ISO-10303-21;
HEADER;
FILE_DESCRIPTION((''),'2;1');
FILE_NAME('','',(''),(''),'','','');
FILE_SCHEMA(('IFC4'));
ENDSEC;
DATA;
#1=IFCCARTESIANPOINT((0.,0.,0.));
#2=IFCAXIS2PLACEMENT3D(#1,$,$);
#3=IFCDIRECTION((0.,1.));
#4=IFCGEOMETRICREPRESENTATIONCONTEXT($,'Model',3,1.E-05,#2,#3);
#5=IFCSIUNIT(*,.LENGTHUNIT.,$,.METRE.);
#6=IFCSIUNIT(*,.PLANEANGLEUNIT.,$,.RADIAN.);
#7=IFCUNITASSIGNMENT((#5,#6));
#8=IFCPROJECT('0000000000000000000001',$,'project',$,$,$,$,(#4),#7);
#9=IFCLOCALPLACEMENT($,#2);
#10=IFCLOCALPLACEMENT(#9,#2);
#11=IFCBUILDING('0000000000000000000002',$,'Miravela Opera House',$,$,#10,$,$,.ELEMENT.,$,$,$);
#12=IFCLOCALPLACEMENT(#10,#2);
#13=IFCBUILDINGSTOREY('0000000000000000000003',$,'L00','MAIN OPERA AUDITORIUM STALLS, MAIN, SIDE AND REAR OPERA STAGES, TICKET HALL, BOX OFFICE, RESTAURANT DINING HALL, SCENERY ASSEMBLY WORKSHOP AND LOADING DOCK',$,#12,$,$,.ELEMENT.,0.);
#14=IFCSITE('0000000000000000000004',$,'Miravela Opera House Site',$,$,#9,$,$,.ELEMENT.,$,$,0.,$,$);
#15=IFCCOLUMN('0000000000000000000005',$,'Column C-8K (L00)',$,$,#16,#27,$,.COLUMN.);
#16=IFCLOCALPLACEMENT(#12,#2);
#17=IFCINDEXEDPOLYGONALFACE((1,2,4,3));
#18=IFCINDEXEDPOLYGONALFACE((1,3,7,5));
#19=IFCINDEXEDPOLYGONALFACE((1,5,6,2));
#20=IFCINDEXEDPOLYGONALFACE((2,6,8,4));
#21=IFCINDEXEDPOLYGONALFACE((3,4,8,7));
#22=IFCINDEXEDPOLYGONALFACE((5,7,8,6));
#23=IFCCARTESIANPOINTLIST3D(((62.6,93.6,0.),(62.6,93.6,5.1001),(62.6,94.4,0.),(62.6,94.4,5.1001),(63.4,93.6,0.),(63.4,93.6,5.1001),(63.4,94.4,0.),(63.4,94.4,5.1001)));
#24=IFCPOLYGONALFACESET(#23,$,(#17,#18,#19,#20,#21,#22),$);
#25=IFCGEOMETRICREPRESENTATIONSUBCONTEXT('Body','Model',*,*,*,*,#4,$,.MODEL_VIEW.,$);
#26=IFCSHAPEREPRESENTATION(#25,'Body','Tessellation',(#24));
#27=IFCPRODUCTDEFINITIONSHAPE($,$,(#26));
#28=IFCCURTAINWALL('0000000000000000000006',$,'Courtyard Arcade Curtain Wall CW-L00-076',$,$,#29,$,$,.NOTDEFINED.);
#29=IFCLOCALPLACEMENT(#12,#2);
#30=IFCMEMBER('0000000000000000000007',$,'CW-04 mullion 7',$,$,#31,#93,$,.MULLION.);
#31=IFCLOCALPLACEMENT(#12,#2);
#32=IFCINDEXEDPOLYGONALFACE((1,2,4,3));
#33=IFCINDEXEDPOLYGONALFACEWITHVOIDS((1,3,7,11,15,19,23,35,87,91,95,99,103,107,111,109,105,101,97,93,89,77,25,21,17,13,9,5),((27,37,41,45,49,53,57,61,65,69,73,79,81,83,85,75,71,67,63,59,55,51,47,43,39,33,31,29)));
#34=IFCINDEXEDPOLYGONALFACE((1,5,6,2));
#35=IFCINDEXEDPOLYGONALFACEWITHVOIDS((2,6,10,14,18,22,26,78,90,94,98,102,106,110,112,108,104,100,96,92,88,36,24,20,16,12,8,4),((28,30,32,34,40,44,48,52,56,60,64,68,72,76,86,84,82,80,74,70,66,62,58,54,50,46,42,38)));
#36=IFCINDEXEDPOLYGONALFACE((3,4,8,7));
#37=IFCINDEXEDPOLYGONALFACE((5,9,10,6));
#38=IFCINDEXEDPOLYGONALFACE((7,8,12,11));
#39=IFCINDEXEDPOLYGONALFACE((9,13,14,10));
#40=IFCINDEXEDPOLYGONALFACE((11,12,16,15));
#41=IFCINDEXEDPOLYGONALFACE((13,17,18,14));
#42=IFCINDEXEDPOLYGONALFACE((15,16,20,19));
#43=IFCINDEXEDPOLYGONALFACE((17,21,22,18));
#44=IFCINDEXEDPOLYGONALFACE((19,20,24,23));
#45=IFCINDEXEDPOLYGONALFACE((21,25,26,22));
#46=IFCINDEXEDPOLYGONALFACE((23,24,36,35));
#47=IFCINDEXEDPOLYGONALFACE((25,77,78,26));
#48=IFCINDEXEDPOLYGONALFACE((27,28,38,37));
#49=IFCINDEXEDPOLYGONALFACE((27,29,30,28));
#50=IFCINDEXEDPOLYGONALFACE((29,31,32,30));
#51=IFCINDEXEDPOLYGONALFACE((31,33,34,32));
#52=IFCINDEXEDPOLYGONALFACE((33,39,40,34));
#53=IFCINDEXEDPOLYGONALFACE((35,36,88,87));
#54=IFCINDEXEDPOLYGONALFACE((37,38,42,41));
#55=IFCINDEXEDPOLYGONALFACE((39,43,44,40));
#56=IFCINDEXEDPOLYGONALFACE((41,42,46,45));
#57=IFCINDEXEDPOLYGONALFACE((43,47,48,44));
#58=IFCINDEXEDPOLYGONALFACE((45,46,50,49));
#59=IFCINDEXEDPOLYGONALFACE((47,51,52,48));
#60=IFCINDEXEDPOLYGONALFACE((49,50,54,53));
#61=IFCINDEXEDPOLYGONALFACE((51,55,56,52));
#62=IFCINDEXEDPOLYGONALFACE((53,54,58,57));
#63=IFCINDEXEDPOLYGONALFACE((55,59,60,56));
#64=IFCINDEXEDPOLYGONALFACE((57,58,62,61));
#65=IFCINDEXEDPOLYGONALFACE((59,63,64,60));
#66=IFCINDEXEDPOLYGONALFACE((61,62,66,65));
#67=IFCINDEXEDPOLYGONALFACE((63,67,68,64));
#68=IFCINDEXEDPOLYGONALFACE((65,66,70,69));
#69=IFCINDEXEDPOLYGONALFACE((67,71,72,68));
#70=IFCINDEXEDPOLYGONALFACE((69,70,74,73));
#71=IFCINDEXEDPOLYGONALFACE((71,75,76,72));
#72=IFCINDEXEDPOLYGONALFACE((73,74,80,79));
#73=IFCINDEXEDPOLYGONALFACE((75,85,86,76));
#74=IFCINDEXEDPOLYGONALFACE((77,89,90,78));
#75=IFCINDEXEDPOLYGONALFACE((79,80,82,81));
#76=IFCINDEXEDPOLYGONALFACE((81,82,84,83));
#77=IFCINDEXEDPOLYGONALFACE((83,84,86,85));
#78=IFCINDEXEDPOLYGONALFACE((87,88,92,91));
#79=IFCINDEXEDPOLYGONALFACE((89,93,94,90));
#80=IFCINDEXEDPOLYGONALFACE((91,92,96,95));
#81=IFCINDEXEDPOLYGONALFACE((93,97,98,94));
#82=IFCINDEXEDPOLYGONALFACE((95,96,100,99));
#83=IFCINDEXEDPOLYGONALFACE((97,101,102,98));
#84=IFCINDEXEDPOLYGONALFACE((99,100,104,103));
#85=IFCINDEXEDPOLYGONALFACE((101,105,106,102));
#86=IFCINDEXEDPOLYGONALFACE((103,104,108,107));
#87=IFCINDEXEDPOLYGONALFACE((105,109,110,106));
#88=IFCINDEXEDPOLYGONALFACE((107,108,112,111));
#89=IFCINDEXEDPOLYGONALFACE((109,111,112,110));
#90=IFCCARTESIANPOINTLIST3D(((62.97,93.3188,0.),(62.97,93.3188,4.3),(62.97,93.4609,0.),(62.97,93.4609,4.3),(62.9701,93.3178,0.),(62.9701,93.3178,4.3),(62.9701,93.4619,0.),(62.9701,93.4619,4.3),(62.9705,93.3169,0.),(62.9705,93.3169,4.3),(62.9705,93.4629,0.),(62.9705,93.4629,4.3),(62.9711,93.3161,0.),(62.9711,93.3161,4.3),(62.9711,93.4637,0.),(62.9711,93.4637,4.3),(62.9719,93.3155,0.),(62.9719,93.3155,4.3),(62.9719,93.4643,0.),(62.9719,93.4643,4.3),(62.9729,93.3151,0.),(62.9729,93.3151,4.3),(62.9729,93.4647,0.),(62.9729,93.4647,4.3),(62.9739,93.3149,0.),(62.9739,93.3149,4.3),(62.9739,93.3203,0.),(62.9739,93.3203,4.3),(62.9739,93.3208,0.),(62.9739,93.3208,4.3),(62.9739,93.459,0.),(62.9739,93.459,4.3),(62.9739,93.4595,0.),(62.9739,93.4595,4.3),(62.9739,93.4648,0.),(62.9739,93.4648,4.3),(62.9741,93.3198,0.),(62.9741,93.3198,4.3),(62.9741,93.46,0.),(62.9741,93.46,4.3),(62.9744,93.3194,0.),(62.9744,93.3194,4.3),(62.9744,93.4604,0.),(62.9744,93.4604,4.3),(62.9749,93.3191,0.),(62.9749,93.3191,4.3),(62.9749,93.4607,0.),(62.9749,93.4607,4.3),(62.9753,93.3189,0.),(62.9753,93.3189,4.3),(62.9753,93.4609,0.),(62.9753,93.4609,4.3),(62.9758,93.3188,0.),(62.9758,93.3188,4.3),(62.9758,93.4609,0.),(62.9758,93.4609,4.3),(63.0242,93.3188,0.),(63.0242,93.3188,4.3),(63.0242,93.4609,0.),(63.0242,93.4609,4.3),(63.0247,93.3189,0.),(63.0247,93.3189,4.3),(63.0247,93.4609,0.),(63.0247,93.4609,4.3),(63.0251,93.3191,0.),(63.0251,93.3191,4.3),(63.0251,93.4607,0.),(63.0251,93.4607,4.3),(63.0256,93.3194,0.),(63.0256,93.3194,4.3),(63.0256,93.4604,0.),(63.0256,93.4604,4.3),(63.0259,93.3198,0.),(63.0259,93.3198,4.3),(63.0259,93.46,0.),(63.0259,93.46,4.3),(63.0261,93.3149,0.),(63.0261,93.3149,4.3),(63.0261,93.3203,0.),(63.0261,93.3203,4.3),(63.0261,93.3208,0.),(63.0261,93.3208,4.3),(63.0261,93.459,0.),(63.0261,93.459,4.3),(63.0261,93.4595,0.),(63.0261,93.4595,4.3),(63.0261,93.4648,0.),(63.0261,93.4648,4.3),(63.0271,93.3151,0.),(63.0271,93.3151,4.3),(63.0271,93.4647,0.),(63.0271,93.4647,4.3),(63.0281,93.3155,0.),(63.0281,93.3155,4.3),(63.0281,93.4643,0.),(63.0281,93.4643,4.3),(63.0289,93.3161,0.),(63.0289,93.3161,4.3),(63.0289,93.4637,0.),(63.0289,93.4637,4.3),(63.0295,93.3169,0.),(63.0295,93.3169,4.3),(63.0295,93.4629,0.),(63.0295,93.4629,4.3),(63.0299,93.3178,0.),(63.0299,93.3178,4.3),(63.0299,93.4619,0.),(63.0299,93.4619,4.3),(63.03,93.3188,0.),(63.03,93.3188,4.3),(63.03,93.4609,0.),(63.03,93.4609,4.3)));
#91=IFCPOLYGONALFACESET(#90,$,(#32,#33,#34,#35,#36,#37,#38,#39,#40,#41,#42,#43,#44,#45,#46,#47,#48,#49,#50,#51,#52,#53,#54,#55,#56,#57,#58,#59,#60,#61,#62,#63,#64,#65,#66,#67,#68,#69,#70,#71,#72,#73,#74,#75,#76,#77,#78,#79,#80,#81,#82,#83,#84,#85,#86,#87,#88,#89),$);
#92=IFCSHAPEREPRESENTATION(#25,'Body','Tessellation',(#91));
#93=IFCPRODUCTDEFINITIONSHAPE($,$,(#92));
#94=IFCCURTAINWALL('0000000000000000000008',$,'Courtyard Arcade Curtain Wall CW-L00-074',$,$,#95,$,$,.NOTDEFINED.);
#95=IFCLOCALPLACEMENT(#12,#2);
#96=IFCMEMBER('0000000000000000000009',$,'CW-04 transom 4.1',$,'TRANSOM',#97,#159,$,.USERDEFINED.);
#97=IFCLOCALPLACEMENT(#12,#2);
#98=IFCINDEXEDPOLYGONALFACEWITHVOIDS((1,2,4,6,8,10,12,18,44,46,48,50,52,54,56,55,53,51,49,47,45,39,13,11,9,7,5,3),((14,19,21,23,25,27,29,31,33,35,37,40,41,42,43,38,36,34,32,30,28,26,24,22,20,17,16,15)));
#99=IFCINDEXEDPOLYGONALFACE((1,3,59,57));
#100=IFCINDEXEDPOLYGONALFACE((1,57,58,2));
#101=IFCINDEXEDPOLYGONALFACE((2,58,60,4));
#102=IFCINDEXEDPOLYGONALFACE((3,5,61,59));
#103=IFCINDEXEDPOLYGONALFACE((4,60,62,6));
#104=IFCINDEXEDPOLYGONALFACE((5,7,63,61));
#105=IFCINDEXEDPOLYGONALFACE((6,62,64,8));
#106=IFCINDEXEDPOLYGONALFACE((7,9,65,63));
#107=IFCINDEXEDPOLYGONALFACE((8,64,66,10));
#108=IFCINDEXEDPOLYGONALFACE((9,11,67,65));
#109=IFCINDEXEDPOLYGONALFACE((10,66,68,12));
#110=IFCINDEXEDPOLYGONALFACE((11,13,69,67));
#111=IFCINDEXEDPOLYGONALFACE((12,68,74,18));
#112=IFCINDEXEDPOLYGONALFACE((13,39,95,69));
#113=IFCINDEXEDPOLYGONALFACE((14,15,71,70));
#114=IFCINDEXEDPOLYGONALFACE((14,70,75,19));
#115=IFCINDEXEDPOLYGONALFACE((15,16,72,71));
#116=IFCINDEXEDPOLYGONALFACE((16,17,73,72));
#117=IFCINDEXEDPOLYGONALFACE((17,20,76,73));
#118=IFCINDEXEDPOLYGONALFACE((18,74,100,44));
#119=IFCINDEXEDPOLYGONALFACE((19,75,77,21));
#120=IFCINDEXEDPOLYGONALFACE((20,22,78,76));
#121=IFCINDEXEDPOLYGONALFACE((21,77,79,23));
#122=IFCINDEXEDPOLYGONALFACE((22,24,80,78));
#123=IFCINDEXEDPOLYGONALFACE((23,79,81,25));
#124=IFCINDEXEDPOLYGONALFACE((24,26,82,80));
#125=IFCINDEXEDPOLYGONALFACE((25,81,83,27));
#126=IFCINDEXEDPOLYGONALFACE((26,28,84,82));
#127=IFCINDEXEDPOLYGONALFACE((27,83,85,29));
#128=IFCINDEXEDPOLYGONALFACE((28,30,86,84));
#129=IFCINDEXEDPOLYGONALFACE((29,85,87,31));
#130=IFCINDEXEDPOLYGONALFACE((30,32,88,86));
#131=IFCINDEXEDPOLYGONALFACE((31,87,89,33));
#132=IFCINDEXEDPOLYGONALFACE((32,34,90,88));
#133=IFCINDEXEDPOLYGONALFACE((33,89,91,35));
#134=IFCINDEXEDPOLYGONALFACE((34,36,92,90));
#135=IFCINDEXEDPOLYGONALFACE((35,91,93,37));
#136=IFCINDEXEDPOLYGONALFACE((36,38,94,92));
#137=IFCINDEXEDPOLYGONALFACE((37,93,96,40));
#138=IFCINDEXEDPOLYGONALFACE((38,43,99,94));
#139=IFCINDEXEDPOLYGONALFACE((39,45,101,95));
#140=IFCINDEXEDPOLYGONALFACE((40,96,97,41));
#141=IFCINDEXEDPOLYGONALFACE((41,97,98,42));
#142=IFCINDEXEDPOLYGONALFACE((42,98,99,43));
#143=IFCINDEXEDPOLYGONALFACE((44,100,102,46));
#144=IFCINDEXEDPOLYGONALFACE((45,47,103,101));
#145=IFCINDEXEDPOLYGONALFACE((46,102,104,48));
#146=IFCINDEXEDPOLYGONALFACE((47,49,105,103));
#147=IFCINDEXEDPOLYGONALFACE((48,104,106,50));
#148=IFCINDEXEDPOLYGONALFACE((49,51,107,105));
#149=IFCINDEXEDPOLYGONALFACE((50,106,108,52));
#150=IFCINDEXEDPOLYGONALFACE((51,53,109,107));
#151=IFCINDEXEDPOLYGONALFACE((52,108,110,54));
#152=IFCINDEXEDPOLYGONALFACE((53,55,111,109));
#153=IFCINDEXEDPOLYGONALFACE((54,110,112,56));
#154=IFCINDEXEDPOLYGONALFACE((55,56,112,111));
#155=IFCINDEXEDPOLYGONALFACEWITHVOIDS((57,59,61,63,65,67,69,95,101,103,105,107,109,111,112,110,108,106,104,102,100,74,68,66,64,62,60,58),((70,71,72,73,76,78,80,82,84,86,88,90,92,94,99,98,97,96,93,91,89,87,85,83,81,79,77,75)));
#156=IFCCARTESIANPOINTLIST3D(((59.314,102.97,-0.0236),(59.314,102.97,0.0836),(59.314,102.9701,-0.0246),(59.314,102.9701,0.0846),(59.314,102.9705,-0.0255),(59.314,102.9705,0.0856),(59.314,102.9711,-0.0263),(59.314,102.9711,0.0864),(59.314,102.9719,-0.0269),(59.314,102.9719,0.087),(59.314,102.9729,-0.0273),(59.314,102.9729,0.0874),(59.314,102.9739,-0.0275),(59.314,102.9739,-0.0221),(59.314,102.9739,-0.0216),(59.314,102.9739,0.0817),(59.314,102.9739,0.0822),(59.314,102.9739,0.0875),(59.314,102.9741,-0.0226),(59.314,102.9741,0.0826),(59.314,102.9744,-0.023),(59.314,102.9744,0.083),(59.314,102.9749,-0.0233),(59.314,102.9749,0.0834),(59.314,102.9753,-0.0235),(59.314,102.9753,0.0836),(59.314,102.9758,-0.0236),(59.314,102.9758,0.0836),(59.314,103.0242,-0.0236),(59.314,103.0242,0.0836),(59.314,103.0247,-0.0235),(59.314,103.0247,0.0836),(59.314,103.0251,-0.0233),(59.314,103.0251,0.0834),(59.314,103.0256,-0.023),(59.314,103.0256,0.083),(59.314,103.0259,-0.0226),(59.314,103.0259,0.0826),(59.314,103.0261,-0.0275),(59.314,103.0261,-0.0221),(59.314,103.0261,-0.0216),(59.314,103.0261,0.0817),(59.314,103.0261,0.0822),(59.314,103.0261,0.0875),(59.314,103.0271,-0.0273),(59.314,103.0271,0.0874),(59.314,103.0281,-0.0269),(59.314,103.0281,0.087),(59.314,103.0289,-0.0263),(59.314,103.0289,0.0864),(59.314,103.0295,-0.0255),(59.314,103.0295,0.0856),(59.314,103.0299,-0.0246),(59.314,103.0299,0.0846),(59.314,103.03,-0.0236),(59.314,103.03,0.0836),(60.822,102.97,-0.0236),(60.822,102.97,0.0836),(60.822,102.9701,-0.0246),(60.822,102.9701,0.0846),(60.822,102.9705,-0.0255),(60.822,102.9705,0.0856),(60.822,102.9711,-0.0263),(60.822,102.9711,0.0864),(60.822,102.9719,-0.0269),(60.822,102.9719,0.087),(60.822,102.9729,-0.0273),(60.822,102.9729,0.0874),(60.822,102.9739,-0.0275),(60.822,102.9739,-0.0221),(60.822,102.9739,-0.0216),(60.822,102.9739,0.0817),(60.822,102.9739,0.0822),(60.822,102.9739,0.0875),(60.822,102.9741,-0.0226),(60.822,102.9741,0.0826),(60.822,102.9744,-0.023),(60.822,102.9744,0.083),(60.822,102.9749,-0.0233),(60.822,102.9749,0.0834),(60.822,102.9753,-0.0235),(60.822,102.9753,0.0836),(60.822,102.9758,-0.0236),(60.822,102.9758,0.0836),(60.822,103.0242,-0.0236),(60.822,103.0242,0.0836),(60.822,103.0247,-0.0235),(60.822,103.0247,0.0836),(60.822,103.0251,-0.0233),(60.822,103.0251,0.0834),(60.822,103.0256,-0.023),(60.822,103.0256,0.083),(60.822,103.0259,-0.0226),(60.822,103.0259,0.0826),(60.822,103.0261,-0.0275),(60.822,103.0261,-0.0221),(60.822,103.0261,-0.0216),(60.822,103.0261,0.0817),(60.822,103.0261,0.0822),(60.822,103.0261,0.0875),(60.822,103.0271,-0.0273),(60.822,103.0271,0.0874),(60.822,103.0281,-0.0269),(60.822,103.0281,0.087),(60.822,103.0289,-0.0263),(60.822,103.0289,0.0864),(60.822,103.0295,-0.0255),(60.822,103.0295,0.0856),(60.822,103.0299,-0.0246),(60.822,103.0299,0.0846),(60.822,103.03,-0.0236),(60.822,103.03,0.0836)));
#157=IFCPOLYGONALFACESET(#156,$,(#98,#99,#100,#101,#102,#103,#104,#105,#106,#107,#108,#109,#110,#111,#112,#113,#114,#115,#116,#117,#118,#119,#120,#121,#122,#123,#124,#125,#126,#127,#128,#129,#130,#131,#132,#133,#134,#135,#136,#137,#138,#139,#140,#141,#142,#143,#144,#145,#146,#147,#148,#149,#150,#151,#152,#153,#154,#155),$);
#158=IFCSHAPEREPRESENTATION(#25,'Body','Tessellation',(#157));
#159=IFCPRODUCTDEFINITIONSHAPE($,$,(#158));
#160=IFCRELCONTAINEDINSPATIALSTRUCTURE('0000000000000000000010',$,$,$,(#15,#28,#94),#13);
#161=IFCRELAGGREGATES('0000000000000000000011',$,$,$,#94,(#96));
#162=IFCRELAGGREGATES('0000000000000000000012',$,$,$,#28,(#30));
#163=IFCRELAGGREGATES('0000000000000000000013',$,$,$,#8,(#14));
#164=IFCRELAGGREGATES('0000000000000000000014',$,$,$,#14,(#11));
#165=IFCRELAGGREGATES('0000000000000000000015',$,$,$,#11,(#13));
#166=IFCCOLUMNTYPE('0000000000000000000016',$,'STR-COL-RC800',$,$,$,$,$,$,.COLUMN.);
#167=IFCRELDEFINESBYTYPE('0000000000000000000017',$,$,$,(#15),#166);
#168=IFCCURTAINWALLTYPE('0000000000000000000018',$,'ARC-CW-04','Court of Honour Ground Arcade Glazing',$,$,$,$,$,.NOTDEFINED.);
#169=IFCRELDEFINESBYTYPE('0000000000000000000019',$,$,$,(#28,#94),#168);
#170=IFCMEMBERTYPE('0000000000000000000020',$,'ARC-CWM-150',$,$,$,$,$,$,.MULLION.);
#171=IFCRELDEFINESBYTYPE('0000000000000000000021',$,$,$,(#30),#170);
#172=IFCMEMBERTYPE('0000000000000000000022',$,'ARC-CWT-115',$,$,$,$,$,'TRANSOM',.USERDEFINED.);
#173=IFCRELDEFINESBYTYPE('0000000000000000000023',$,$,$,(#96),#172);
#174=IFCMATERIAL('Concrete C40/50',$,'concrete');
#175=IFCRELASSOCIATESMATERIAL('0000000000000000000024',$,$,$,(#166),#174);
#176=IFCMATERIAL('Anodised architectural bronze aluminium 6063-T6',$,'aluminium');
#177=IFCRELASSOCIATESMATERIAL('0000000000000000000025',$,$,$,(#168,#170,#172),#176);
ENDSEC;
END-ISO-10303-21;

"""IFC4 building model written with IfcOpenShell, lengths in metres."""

from ifc_helpers import new_model, si_unit, direction, frame, origin, origin_2d, place, context, subcontext, project, spatial, rectangle, hollow_rectangle, extrude, material, material_profile, profile_set, type_object, element, aggregate, save


model = new_model("IFC4")

# Units and contexts
model_context = context("Model", 3, precision=1e-05, world=origin(), true_north=direction((0.0, 1.0)))
body_context = subcontext(model_context, "Body", "Model", "MODEL_VIEW")
ifc_project = project(units=[si_unit("LENGTHUNIT", "METRE"), si_unit("PLANEANGLEUNIT", "RADIAN")], contexts=[model_context])

# Site, building, storey
site_placement = place(None, origin())
site = spatial("IfcSite", under=ifc_project, at=site_placement, Name="Miravela Opera House Site", CompositionType="ELEMENT", RefElevation=0.0)
building_placement = place(site_placement, origin())
building = spatial("IfcBuilding", under=site, at=building_placement, Name="Miravela Opera House", CompositionType="ELEMENT")
storey_placement = place(building_placement, origin())
storey = spatial("IfcBuildingStorey", under=building, at=storey_placement, Name="L00", Description="MAIN OPERA AUDITORIUM STALLS, MAIN, SIDE AND REAR OPERA STAGES, TICKET HALL, BOX OFFICE, RESTAURANT DINING HALL, SCENERY ASSEMBLY WORKSHOP AND LOADING DOCK", CompositionType="ELEMENT", Elevation=0.0)

# Column
ifc_material_1 = material(Name="Concrete C40/50", Category="concrete")
ifc_material_profile_1 = material_profile(ifc_material_1, rectangle(XDim=0.8, YDim=0.8, at=origin_2d()), Name="RC-COL-800X800")
ifc_profile_set_1 = profile_set([ifc_material_profile_1])
column_type = type_object("IfcColumnType", Name="STR-COL-RC800", PredefinedType="COLUMN", material=ifc_profile_set_1)
column_placement = place(storey_placement, frame((63.0, 94.0, 0.0), z_axis=(0.0, 0.0, 1.0), x_axis=(1.0, 0.0, 0.0)))
element("IfcColumn", 1, at=column_placement, inside=storey, type_object=column_type, Name="Column C-8K (L00)", PredefinedType="COLUMN", context=body_context, shape_type="SweptSolid", body=[
    extrude(rectangle(XDim=0.8, YDim=0.8, at=origin_2d()), origin(), (0.0, 0.0, 1.0), 5.1001),
])

# Curtain wall, member
ifc_material_2 = material(Name="Anodised architectural bronze aluminium 6063-T6", Category="aluminium")
curtain_wall_type = type_object("IfcCurtainWallType", Name="ARC-CW-04", Description="Court of Honour Ground Arcade Glazing", PredefinedType="NOTDEFINED", material=ifc_material_2)
curtain_wall_1_placement = place(storey_placement, origin())
curtain_wall_1 = element("IfcCurtainWall", 2, at=curtain_wall_1_placement, inside=storey, type_object=curtain_wall_type, Name="Courtyard Arcade Curtain Wall CW-L00-076", PredefinedType="NOTDEFINED")
ifc_material_profile_2 = material_profile(ifc_material_2, hollow_rectangle(XDim=0.0601, YDim=0.1499, WallThickness=0.0039, InnerFilletRadius=0.002, OuterFilletRadius=0.0039, at=origin_2d()), Name="CWM-60X150")
ifc_profile_set_2 = profile_set([ifc_material_profile_2])
member_type_1 = type_object("IfcMemberType", Name="ARC-CWM-150", PredefinedType="MULLION", material=ifc_profile_set_2)
member_1_placement = place(storey_placement, frame((63.0, 93.3899, 0.0), z_axis=(0.0, 0.0, 1.0), x_axis=(-1.0, 0.0, 0.0)))
member_1 = element("IfcMember", 3, at=member_1_placement, type_object=member_type_1, Name="CW-04 mullion 7", PredefinedType="MULLION", context=body_context, shape_type="SweptSolid", body=[
    extrude(hollow_rectangle(XDim=0.0601, YDim=0.1499, WallThickness=0.0039, InnerFilletRadius=0.002, OuterFilletRadius=0.0039, at=origin_2d()), origin(), (0.0, 0.0, 1.0), 4.3),
])

# Curtain wall, member
curtain_wall_2_placement = place(storey_placement, origin())
curtain_wall_2 = element("IfcCurtainWall", 4, at=curtain_wall_2_placement, inside=storey, type_object=curtain_wall_type, Name="Courtyard Arcade Curtain Wall CW-L00-074", PredefinedType="NOTDEFINED")
ifc_material_profile_3 = material_profile(ifc_material_2, hollow_rectangle(XDim=0.0601, YDim=0.115, WallThickness=0.0039, InnerFilletRadius=0.002, OuterFilletRadius=0.0039, at=origin_2d()), Name="CWT-60X115")
ifc_profile_set_3 = profile_set([ifc_material_profile_3])
member_type_2 = type_object("IfcMemberType", Name="ARC-CWT-115", ElementType="TRANSOM", PredefinedType="USERDEFINED", material=ifc_profile_set_3)
member_2_placement = place(storey_placement, frame((59.314, 103.0, 0.03), z_axis=(1.0, 0.0, 0.0), x_axis=(0.0, 1.0, 0.0)))
member_2 = element("IfcMember", 5, at=member_2_placement, type_object=member_type_2, Name="CW-04 transom 4.1", ObjectType="TRANSOM", PredefinedType="USERDEFINED", context=body_context, shape_type="SweptSolid", body=[
    extrude(hollow_rectangle(XDim=0.0601, YDim=0.115, WallThickness=0.0039, InnerFilletRadius=0.002, OuterFilletRadius=0.0039, at=origin_2d()), origin(), (0.0, 0.0, 1.0), 1.5081),
])

aggregate(curtain_wall_2, [member_2])
aggregate(curtain_wall_1, [member_1])

save(model, "model.ifc")
